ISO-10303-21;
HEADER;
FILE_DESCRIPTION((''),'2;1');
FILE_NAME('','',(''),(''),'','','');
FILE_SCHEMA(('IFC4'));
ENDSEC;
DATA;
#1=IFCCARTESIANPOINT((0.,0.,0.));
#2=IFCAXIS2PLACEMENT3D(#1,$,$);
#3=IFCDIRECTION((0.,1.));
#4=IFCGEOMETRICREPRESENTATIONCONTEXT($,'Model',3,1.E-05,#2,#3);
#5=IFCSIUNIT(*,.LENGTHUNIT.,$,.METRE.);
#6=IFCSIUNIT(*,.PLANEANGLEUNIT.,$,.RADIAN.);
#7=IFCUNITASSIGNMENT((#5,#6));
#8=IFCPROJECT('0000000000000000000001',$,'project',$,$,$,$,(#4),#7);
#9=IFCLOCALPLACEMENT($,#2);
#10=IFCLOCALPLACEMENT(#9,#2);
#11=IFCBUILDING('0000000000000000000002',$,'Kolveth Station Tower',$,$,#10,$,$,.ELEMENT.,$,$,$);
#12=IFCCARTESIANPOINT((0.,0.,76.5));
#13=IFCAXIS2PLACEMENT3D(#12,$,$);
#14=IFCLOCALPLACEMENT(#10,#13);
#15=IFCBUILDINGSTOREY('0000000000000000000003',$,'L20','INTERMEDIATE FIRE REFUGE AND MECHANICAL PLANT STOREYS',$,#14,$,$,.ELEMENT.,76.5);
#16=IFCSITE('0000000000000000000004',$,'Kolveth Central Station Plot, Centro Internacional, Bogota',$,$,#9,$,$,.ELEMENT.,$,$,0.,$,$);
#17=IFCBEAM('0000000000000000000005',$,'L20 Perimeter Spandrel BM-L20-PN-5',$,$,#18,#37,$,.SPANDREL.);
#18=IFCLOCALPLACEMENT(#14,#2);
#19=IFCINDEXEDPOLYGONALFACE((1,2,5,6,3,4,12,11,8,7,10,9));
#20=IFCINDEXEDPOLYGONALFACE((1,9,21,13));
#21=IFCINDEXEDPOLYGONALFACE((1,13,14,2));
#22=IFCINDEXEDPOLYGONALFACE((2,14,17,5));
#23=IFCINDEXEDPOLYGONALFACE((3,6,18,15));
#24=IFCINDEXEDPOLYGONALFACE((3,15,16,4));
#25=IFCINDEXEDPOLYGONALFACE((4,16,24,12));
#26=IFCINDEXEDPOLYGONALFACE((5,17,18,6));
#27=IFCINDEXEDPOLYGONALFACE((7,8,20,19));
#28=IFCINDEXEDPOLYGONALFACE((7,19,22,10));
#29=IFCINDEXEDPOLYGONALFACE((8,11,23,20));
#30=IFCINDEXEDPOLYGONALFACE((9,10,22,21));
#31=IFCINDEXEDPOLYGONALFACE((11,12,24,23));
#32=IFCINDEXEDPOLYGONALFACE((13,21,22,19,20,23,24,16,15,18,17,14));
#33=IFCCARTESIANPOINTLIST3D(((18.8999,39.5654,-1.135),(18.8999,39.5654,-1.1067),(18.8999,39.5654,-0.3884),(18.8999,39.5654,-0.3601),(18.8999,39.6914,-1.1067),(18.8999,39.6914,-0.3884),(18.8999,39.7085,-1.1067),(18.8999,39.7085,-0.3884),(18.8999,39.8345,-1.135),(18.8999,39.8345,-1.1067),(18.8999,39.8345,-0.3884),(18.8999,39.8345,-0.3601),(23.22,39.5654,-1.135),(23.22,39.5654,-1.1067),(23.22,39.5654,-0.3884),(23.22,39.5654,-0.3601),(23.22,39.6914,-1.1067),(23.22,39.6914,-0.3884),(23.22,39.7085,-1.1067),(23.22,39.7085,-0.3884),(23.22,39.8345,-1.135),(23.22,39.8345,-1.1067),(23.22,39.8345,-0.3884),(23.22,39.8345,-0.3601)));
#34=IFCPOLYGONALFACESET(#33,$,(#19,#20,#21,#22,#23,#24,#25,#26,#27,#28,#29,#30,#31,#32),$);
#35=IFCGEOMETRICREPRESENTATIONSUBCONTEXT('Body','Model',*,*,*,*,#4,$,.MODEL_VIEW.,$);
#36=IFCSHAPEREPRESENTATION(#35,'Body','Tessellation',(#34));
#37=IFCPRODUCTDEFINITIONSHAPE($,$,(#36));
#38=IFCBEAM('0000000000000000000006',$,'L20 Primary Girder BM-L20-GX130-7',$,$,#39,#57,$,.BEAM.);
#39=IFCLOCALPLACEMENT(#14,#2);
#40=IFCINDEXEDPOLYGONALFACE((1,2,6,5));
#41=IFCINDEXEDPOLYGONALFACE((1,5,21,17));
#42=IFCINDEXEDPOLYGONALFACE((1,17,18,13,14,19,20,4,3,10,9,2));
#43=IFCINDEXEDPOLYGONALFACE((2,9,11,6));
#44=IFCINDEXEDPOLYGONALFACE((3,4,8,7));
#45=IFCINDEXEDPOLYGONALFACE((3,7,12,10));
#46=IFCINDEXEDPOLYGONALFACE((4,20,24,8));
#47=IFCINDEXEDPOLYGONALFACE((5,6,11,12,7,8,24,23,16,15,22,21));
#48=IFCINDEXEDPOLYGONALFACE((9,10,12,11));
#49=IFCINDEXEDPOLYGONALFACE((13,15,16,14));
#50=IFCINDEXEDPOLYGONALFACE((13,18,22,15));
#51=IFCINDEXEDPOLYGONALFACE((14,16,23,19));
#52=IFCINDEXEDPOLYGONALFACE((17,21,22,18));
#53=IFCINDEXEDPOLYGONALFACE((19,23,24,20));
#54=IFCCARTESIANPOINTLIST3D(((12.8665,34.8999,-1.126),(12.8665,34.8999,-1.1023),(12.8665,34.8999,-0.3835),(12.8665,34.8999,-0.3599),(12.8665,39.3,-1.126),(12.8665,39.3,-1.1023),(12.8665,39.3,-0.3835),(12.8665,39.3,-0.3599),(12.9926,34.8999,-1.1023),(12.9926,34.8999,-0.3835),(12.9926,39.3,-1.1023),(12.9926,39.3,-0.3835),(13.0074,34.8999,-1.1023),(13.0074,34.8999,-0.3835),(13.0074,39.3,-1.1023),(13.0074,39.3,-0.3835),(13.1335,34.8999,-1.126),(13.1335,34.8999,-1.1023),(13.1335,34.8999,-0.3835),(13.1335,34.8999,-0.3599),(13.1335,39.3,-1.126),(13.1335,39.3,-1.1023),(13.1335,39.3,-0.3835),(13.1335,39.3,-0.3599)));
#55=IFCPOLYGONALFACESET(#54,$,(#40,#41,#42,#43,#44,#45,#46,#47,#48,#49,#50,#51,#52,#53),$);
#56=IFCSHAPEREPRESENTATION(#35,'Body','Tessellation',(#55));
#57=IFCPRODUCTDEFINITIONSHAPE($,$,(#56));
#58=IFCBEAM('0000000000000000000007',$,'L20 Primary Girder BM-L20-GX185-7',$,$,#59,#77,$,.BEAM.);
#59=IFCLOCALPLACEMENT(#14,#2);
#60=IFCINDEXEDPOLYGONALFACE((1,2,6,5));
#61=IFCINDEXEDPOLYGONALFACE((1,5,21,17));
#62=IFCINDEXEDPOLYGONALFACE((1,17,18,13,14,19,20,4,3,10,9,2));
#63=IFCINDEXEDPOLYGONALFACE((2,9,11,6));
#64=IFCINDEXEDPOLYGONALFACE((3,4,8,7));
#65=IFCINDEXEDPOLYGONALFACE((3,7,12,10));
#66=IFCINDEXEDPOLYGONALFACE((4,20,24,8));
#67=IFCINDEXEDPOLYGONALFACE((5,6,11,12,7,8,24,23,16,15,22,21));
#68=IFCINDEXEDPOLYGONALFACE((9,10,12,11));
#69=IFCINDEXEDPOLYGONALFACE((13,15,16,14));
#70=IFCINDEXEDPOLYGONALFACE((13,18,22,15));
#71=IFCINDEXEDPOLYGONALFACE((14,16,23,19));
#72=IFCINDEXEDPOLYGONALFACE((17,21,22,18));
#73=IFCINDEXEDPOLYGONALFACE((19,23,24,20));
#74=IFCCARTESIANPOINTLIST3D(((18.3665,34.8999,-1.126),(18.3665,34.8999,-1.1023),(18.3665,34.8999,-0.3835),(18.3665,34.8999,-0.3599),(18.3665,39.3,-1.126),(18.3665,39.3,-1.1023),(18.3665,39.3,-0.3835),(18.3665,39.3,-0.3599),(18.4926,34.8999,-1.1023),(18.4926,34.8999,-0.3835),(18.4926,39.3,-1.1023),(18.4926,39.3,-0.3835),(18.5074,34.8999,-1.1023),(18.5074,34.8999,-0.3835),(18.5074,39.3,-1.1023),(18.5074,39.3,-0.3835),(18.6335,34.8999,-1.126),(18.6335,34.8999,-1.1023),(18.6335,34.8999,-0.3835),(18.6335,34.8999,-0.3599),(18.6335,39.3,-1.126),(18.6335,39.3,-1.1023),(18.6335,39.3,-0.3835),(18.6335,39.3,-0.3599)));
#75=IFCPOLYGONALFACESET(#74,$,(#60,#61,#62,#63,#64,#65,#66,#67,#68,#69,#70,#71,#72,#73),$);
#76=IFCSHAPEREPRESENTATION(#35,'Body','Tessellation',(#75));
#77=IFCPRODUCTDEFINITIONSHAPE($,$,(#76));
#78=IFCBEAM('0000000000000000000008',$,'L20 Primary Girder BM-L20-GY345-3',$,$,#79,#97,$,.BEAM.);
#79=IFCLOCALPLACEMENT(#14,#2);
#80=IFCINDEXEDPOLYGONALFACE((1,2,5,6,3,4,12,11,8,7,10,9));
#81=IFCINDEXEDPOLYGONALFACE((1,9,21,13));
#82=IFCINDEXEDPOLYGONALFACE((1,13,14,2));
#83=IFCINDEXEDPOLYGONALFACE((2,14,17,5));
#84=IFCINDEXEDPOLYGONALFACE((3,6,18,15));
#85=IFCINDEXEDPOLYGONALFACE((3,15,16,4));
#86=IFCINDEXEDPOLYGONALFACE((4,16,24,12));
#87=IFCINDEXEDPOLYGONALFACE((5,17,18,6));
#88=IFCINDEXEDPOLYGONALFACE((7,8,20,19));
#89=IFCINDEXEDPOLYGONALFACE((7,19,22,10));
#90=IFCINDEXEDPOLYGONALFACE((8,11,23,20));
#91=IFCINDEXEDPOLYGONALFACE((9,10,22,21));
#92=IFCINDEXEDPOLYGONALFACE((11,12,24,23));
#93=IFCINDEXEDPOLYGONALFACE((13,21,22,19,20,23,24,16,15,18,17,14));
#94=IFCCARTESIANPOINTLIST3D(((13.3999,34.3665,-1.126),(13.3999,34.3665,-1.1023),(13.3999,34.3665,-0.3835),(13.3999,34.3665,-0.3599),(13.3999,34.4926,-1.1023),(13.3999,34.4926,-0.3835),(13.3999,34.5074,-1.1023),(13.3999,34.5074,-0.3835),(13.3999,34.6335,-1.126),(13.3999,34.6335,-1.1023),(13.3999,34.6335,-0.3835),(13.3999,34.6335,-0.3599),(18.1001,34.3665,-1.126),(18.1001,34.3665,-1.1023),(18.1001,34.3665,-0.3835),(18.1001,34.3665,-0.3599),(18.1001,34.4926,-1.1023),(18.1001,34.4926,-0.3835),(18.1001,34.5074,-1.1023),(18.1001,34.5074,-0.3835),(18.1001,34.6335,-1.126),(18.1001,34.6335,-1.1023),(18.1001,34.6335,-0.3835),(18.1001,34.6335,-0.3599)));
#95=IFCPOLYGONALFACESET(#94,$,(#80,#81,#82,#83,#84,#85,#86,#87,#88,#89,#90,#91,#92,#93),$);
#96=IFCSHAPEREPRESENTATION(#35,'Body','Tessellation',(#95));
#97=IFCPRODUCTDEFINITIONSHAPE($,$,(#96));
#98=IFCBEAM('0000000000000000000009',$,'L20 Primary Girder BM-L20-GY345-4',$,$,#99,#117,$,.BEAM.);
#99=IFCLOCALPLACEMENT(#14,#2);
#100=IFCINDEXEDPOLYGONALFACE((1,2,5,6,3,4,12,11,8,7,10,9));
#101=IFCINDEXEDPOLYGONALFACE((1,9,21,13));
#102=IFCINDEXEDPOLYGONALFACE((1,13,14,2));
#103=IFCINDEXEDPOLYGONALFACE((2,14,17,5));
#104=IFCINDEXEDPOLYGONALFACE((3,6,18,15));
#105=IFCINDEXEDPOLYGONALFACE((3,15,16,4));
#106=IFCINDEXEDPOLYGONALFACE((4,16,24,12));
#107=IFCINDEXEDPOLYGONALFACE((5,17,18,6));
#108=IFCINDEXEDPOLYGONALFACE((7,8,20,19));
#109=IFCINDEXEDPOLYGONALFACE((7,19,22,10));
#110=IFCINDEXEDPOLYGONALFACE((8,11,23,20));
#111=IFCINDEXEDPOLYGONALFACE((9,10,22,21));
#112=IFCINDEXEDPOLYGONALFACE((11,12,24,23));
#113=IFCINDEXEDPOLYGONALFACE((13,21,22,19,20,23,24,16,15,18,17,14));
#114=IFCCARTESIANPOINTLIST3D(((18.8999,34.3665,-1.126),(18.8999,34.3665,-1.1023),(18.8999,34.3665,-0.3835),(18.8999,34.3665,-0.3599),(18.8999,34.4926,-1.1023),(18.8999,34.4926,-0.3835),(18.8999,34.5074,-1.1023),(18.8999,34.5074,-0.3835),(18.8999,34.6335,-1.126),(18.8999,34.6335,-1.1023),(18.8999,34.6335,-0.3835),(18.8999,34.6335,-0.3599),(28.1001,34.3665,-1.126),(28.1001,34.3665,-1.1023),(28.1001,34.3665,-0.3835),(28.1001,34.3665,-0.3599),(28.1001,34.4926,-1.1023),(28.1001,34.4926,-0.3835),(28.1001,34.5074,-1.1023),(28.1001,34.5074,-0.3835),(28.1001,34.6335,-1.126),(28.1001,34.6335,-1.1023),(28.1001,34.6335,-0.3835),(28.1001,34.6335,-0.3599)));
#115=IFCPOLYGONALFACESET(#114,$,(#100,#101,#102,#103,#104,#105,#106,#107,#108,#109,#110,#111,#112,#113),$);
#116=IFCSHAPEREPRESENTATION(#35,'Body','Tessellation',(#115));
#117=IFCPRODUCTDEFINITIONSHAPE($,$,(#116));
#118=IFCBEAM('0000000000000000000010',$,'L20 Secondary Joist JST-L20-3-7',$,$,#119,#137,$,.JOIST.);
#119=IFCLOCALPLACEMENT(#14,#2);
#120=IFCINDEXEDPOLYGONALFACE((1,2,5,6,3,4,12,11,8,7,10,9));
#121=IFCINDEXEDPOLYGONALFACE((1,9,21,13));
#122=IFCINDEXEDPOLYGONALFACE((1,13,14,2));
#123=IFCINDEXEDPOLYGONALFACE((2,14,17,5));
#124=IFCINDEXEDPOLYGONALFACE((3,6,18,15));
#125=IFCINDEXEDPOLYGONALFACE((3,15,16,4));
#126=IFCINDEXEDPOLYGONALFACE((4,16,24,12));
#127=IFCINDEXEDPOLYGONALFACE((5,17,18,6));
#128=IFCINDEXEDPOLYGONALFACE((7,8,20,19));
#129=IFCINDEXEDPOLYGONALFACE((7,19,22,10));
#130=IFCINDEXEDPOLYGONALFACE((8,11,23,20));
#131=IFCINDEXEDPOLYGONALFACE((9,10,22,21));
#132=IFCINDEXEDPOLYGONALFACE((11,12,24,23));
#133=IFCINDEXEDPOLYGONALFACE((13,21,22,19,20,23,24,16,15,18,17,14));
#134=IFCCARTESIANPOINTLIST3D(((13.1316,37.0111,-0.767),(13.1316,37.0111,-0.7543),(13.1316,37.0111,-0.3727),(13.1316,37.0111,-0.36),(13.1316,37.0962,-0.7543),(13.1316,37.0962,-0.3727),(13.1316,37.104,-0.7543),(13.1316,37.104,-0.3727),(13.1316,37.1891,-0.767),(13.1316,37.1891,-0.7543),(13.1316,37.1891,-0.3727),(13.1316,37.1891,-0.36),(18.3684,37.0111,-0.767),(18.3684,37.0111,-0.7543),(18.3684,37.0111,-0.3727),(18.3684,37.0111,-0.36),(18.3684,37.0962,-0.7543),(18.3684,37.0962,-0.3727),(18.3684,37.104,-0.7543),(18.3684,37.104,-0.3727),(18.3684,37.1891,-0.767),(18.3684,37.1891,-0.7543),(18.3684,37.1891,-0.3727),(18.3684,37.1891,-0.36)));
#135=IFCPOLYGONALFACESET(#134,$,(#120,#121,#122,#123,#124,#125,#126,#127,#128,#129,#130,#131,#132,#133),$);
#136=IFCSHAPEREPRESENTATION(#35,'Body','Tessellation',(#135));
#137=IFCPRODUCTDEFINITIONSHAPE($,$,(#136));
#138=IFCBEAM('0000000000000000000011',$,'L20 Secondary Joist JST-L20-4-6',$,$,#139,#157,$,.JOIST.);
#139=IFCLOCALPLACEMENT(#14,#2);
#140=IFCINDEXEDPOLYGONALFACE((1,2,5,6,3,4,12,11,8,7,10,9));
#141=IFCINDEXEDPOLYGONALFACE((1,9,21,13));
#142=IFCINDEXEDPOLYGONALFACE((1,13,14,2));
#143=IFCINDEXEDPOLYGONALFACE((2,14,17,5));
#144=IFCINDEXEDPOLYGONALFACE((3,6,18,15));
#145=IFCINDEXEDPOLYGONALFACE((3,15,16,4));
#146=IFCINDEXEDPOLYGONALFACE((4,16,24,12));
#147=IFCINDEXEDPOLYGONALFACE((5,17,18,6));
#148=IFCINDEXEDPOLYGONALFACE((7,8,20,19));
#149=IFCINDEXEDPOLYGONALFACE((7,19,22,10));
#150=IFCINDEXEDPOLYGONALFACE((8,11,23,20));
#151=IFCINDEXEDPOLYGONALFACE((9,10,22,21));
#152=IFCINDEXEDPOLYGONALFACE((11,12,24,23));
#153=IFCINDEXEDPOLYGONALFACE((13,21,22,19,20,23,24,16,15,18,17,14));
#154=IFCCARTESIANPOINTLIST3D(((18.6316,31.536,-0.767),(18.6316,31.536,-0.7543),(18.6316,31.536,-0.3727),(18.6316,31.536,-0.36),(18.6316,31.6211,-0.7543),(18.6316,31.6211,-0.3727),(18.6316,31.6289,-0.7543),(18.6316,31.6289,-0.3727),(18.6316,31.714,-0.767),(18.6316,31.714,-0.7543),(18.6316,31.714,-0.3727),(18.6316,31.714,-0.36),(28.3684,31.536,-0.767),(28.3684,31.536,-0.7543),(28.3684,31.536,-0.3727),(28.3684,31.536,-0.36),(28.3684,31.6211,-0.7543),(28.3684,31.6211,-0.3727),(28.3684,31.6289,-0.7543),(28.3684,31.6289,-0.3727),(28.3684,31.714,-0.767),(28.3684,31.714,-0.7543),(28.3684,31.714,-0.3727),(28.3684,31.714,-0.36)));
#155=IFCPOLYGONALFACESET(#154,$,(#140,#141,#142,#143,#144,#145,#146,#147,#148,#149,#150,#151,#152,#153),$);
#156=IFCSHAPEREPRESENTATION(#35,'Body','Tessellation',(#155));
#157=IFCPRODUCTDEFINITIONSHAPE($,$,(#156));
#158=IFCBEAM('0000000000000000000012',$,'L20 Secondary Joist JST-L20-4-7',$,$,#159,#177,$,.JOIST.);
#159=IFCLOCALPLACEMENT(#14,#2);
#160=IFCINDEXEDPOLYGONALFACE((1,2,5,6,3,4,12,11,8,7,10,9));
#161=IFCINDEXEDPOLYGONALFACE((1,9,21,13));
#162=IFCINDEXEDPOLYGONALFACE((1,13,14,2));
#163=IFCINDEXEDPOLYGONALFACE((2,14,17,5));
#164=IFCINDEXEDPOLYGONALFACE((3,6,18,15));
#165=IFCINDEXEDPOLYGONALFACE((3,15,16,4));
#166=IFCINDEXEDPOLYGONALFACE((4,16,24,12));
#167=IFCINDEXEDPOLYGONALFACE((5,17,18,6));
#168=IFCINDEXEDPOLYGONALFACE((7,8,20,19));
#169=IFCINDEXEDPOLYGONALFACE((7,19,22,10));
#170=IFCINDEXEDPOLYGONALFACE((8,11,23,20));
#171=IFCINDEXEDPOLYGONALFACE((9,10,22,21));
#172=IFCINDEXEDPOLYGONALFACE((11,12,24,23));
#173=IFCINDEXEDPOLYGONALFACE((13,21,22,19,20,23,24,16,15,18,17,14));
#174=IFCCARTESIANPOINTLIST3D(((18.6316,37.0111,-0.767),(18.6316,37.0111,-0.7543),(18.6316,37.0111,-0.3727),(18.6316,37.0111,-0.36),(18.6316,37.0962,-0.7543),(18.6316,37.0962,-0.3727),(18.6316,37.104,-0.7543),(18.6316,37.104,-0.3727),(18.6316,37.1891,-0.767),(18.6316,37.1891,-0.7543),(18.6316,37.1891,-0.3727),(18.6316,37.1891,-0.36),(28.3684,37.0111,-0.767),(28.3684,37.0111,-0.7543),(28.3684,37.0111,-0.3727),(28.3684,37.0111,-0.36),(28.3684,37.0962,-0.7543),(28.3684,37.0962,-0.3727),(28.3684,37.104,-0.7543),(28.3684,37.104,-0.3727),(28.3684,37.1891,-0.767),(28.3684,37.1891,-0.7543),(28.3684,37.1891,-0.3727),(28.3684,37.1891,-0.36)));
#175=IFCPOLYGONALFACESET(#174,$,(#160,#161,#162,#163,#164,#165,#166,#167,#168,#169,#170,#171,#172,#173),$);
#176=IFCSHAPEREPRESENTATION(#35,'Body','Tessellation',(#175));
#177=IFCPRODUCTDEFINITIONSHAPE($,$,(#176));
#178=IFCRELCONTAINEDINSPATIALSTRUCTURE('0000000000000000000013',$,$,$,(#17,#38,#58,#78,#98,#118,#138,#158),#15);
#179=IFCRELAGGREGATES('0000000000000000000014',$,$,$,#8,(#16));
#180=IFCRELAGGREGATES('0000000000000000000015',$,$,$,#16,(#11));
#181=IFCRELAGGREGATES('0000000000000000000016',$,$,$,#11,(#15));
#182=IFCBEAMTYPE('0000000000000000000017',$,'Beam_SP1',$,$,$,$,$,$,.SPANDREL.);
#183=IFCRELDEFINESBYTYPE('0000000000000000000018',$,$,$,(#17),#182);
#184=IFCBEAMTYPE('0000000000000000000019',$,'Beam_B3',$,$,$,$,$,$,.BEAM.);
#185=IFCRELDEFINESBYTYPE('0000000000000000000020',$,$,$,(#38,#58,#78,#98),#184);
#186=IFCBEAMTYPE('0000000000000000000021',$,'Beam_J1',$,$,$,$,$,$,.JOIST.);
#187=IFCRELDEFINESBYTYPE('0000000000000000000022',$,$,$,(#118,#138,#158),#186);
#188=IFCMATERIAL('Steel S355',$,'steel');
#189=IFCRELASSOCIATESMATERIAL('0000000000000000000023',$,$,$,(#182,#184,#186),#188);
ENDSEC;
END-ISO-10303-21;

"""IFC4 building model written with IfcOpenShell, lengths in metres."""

from ifc_helpers import new_model, si_unit, direction, frame, origin, origin_2d, place, context, subcontext, project, spatial, i_section, extrude, source, transform, mapped, material, material_profile, profile_set, type_object, element, save


model = new_model("IFC4")

# Units and contexts
model_context = context("Model", 3, precision=1e-05, world=origin(), true_north=direction((0.0, 1.0)))
body_context = subcontext(model_context, "Body", "Model", "MODEL_VIEW")
ifc_project = project(units=[si_unit("LENGTHUNIT", "METRE"), si_unit("PLANEANGLEUNIT", "RADIAN")], contexts=[model_context])

# Site, building, storey
site_placement = place(None, origin())
site = spatial("IfcSite", under=ifc_project, at=site_placement, Name="Kolveth Central Station Plot, Centro Internacional, Bogota", CompositionType="ELEMENT", RefElevation=0.0)
building_placement = place(site_placement, origin())
building = spatial("IfcBuilding", under=site, at=building_placement, Name="Kolveth Station Tower", CompositionType="ELEMENT")
storey_placement = place(building_placement, frame((0.0, 0.0, 76.5)))
storey = spatial("IfcBuildingStorey", under=building, at=storey_placement, Name="L20", Description="INTERMEDIATE FIRE REFUGE AND MECHANICAL PLANT STOREYS", CompositionType="ELEMENT", Elevation=76.5)

# Shared definitions
ifc_material_1 = material(Name="Steel S355", Category="steel")

# Beams
ifc_material_profile_1 = material_profile(ifc_material_1, i_section(OverallWidth=0.269, OverallDepth=0.7749, WebThickness=0.0171, FlangeThickness=0.0283, at=origin_2d()), Name="W760x220")
ifc_profile_set_1 = profile_set([ifc_material_profile_1], Name="Steel S355")
beam_type_1 = type_object("IfcBeamType", Name="Beam_SP1", PredefinedType="SPANDREL", material=ifc_profile_set_1)
shared_shape_1 = source(origin(), body_context, "Body", "SweptSolid", [
    extrude(i_section(OverallWidth=0.269, OverallDepth=0.7749, WebThickness=0.0171, FlangeThickness=0.0283, at=origin_2d()), origin(), (0.0, 0.0, 1.0), 4.3201),
])
beam_1_placement = place(storey_placement, frame((18.8999, 39.7, -0.7476), z_axis=(1.0, 0.0, 0.0), x_axis=(0.0, 1.0, 0.0)))
element("IfcBeam", 1, at=beam_1_placement, inside=storey, type_object=beam_type_1, Name="L20 Perimeter Spandrel BM-L20-PN-5", PredefinedType="SPANDREL", context=body_context, shape_type="MappedRepresentation", body=[
    mapped(shared_shape_1, transform((0.0, 0.0, 0.0), x_axis=(1.0, 0.0, 0.0), y_axis=(0.0, 1.0, 0.0), z_axis=(0.0, 0.0, 1.0), scale=1.0)),
])
ifc_material_profile_2 = material_profile(ifc_material_1, i_section(OverallWidth=0.2671, OverallDepth=0.7661, WebThickness=0.0149, FlangeThickness=0.0237, at=origin_2d()), Name="W760x185")
ifc_profile_set_2 = profile_set([ifc_material_profile_2], Name="Steel S355")
beam_type_2 = type_object("IfcBeamType", Name="Beam_B3", PredefinedType="BEAM", material=ifc_profile_set_2)
shared_shape_2 = source(origin(), body_context, "Body", "SweptSolid", [
    extrude(i_section(OverallWidth=0.2671, OverallDepth=0.7661, WebThickness=0.0149, FlangeThickness=0.0237, at=origin_2d()), origin(), (0.0, 0.0, 1.0), 4.4001),
])
for number, where, z_axis, x_axis, name in (
    (2, (13.0, 34.8999, -0.7429), (0.0, 1.0, 0.0), (-1.0, 0.0, 0.0), "L20 Primary Girder BM-L20-GX130-7"),
    (3, (18.5, 34.8999, -0.7429), (0.0, 1.0, 0.0), (-1.0, 0.0, 0.0), "L20 Primary Girder BM-L20-GX185-7"),
):
    element("IfcBeam", number, at=place(storey_placement, frame(where, z_axis=z_axis, x_axis=x_axis)), inside=storey, type_object=beam_type_2, Name=name, PredefinedType="BEAM", context=body_context, shape_type="MappedRepresentation", body=[
        mapped(shared_shape_2, transform((0.0, 0.0, 0.0), x_axis=(1.0, 0.0, 0.0), y_axis=(0.0, 1.0, 0.0), z_axis=(0.0, 0.0, 1.0), scale=1.0)),
    ])
shared_shape_3 = source(origin(), body_context, "Body", "SweptSolid", [
    extrude(i_section(OverallWidth=0.2671, OverallDepth=0.7661, WebThickness=0.0149, FlangeThickness=0.0237, at=origin_2d()), origin(), (0.0, 0.0, 1.0), 4.7002),
])
beam_2_placement = place(storey_placement, frame((13.3999, 34.5, -0.7429), z_axis=(1.0, 0.0, 0.0), x_axis=(0.0, 1.0, 0.0)))
element("IfcBeam", 4, at=beam_2_placement, inside=storey, type_object=beam_type_2, Name="L20 Primary Girder BM-L20-GY345-3", PredefinedType="BEAM", context=body_context, shape_type="MappedRepresentation", body=[
    mapped(shared_shape_3, transform((0.0, 0.0, 0.0), x_axis=(1.0, 0.0, 0.0), y_axis=(0.0, 1.0, 0.0), z_axis=(0.0, 0.0, 1.0), scale=1.0)),
])
shared_shape_4 = source(origin(), body_context, "Body", "SweptSolid", [
    extrude(i_section(OverallWidth=0.2671, OverallDepth=0.7661, WebThickness=0.0149, FlangeThickness=0.0237, at=origin_2d()), origin(), (0.0, 0.0, 1.0), 9.2002),
])
beam_3_placement = place(storey_placement, frame((18.8999, 34.5, -0.7429), z_axis=(1.0, 0.0, 0.0), x_axis=(0.0, 1.0, 0.0)))
element("IfcBeam", 5, at=beam_3_placement, inside=storey, type_object=beam_type_2, Name="L20 Primary Girder BM-L20-GY345-4", PredefinedType="BEAM", context=body_context, shape_type="MappedRepresentation", body=[
    mapped(shared_shape_4, transform((0.0, 0.0, 0.0), x_axis=(1.0, 0.0, 0.0), y_axis=(0.0, 1.0, 0.0), z_axis=(0.0, 0.0, 1.0), scale=1.0)),
])
ifc_material_profile_3 = material_profile(ifc_material_1, i_section(OverallWidth=0.178, OverallDepth=0.407, WebThickness=0.0078, FlangeThickness=0.0127, at=origin_2d()), Name="W410x60")
ifc_profile_set_3 = profile_set([ifc_material_profile_3], Name="Steel S355")
beam_type_3 = type_object("IfcBeamType", Name="Beam_J1", PredefinedType="JOIST", material=ifc_profile_set_3)
shared_shape_5 = source(origin(), body_context, "Body", "SweptSolid", [
    extrude(i_section(OverallWidth=0.178, OverallDepth=0.407, WebThickness=0.0078, FlangeThickness=0.0127, at=origin_2d()), origin(), (0.0, 0.0, 1.0), 5.2368),
])
beam_4_placement = place(storey_placement, frame((13.1316, 37.1001, -0.5635), z_axis=(1.0, 0.0, 0.0), x_axis=(0.0, 1.0, 0.0)))
element("IfcBeam", 6, at=beam_4_placement, inside=storey, type_object=beam_type_3, Name="L20 Secondary Joist JST-L20-3-7", PredefinedType="JOIST", context=body_context, shape_type="MappedRepresentation", body=[
    mapped(shared_shape_5, transform((0.0, 0.0, 0.0), x_axis=(1.0, 0.0, 0.0), y_axis=(0.0, 1.0, 0.0), z_axis=(0.0, 0.0, 1.0), scale=1.0)),
])
shared_shape_6 = source(origin(), body_context, "Body", "SweptSolid", [
    extrude(i_section(OverallWidth=0.178, OverallDepth=0.407, WebThickness=0.0078, FlangeThickness=0.0127, at=origin_2d()), origin(), (0.0, 0.0, 1.0), 9.7368),
])
for number, where, z_axis, x_axis, name in (
    (7, (18.6316, 31.625, -0.5635), (1.0, 0.0, 0.0), (0.0, 1.0, 0.0), "L20 Secondary Joist JST-L20-4-6"),
    (8, (18.6316, 37.1001, -0.5635), (1.0, 0.0, 0.0), (0.0, 1.0, 0.0), "L20 Secondary Joist JST-L20-4-7"),
):
    element("IfcBeam", number, at=place(storey_placement, frame(where, z_axis=z_axis, x_axis=x_axis)), inside=storey, type_object=beam_type_3, Name=name, PredefinedType="JOIST", context=body_context, shape_type="MappedRepresentation", body=[
        mapped(shared_shape_6, transform((0.0, 0.0, 0.0), x_axis=(1.0, 0.0, 0.0), y_axis=(0.0, 1.0, 0.0), z_axis=(0.0, 0.0, 1.0), scale=1.0)),
    ])

save(model, "model.ifc")
